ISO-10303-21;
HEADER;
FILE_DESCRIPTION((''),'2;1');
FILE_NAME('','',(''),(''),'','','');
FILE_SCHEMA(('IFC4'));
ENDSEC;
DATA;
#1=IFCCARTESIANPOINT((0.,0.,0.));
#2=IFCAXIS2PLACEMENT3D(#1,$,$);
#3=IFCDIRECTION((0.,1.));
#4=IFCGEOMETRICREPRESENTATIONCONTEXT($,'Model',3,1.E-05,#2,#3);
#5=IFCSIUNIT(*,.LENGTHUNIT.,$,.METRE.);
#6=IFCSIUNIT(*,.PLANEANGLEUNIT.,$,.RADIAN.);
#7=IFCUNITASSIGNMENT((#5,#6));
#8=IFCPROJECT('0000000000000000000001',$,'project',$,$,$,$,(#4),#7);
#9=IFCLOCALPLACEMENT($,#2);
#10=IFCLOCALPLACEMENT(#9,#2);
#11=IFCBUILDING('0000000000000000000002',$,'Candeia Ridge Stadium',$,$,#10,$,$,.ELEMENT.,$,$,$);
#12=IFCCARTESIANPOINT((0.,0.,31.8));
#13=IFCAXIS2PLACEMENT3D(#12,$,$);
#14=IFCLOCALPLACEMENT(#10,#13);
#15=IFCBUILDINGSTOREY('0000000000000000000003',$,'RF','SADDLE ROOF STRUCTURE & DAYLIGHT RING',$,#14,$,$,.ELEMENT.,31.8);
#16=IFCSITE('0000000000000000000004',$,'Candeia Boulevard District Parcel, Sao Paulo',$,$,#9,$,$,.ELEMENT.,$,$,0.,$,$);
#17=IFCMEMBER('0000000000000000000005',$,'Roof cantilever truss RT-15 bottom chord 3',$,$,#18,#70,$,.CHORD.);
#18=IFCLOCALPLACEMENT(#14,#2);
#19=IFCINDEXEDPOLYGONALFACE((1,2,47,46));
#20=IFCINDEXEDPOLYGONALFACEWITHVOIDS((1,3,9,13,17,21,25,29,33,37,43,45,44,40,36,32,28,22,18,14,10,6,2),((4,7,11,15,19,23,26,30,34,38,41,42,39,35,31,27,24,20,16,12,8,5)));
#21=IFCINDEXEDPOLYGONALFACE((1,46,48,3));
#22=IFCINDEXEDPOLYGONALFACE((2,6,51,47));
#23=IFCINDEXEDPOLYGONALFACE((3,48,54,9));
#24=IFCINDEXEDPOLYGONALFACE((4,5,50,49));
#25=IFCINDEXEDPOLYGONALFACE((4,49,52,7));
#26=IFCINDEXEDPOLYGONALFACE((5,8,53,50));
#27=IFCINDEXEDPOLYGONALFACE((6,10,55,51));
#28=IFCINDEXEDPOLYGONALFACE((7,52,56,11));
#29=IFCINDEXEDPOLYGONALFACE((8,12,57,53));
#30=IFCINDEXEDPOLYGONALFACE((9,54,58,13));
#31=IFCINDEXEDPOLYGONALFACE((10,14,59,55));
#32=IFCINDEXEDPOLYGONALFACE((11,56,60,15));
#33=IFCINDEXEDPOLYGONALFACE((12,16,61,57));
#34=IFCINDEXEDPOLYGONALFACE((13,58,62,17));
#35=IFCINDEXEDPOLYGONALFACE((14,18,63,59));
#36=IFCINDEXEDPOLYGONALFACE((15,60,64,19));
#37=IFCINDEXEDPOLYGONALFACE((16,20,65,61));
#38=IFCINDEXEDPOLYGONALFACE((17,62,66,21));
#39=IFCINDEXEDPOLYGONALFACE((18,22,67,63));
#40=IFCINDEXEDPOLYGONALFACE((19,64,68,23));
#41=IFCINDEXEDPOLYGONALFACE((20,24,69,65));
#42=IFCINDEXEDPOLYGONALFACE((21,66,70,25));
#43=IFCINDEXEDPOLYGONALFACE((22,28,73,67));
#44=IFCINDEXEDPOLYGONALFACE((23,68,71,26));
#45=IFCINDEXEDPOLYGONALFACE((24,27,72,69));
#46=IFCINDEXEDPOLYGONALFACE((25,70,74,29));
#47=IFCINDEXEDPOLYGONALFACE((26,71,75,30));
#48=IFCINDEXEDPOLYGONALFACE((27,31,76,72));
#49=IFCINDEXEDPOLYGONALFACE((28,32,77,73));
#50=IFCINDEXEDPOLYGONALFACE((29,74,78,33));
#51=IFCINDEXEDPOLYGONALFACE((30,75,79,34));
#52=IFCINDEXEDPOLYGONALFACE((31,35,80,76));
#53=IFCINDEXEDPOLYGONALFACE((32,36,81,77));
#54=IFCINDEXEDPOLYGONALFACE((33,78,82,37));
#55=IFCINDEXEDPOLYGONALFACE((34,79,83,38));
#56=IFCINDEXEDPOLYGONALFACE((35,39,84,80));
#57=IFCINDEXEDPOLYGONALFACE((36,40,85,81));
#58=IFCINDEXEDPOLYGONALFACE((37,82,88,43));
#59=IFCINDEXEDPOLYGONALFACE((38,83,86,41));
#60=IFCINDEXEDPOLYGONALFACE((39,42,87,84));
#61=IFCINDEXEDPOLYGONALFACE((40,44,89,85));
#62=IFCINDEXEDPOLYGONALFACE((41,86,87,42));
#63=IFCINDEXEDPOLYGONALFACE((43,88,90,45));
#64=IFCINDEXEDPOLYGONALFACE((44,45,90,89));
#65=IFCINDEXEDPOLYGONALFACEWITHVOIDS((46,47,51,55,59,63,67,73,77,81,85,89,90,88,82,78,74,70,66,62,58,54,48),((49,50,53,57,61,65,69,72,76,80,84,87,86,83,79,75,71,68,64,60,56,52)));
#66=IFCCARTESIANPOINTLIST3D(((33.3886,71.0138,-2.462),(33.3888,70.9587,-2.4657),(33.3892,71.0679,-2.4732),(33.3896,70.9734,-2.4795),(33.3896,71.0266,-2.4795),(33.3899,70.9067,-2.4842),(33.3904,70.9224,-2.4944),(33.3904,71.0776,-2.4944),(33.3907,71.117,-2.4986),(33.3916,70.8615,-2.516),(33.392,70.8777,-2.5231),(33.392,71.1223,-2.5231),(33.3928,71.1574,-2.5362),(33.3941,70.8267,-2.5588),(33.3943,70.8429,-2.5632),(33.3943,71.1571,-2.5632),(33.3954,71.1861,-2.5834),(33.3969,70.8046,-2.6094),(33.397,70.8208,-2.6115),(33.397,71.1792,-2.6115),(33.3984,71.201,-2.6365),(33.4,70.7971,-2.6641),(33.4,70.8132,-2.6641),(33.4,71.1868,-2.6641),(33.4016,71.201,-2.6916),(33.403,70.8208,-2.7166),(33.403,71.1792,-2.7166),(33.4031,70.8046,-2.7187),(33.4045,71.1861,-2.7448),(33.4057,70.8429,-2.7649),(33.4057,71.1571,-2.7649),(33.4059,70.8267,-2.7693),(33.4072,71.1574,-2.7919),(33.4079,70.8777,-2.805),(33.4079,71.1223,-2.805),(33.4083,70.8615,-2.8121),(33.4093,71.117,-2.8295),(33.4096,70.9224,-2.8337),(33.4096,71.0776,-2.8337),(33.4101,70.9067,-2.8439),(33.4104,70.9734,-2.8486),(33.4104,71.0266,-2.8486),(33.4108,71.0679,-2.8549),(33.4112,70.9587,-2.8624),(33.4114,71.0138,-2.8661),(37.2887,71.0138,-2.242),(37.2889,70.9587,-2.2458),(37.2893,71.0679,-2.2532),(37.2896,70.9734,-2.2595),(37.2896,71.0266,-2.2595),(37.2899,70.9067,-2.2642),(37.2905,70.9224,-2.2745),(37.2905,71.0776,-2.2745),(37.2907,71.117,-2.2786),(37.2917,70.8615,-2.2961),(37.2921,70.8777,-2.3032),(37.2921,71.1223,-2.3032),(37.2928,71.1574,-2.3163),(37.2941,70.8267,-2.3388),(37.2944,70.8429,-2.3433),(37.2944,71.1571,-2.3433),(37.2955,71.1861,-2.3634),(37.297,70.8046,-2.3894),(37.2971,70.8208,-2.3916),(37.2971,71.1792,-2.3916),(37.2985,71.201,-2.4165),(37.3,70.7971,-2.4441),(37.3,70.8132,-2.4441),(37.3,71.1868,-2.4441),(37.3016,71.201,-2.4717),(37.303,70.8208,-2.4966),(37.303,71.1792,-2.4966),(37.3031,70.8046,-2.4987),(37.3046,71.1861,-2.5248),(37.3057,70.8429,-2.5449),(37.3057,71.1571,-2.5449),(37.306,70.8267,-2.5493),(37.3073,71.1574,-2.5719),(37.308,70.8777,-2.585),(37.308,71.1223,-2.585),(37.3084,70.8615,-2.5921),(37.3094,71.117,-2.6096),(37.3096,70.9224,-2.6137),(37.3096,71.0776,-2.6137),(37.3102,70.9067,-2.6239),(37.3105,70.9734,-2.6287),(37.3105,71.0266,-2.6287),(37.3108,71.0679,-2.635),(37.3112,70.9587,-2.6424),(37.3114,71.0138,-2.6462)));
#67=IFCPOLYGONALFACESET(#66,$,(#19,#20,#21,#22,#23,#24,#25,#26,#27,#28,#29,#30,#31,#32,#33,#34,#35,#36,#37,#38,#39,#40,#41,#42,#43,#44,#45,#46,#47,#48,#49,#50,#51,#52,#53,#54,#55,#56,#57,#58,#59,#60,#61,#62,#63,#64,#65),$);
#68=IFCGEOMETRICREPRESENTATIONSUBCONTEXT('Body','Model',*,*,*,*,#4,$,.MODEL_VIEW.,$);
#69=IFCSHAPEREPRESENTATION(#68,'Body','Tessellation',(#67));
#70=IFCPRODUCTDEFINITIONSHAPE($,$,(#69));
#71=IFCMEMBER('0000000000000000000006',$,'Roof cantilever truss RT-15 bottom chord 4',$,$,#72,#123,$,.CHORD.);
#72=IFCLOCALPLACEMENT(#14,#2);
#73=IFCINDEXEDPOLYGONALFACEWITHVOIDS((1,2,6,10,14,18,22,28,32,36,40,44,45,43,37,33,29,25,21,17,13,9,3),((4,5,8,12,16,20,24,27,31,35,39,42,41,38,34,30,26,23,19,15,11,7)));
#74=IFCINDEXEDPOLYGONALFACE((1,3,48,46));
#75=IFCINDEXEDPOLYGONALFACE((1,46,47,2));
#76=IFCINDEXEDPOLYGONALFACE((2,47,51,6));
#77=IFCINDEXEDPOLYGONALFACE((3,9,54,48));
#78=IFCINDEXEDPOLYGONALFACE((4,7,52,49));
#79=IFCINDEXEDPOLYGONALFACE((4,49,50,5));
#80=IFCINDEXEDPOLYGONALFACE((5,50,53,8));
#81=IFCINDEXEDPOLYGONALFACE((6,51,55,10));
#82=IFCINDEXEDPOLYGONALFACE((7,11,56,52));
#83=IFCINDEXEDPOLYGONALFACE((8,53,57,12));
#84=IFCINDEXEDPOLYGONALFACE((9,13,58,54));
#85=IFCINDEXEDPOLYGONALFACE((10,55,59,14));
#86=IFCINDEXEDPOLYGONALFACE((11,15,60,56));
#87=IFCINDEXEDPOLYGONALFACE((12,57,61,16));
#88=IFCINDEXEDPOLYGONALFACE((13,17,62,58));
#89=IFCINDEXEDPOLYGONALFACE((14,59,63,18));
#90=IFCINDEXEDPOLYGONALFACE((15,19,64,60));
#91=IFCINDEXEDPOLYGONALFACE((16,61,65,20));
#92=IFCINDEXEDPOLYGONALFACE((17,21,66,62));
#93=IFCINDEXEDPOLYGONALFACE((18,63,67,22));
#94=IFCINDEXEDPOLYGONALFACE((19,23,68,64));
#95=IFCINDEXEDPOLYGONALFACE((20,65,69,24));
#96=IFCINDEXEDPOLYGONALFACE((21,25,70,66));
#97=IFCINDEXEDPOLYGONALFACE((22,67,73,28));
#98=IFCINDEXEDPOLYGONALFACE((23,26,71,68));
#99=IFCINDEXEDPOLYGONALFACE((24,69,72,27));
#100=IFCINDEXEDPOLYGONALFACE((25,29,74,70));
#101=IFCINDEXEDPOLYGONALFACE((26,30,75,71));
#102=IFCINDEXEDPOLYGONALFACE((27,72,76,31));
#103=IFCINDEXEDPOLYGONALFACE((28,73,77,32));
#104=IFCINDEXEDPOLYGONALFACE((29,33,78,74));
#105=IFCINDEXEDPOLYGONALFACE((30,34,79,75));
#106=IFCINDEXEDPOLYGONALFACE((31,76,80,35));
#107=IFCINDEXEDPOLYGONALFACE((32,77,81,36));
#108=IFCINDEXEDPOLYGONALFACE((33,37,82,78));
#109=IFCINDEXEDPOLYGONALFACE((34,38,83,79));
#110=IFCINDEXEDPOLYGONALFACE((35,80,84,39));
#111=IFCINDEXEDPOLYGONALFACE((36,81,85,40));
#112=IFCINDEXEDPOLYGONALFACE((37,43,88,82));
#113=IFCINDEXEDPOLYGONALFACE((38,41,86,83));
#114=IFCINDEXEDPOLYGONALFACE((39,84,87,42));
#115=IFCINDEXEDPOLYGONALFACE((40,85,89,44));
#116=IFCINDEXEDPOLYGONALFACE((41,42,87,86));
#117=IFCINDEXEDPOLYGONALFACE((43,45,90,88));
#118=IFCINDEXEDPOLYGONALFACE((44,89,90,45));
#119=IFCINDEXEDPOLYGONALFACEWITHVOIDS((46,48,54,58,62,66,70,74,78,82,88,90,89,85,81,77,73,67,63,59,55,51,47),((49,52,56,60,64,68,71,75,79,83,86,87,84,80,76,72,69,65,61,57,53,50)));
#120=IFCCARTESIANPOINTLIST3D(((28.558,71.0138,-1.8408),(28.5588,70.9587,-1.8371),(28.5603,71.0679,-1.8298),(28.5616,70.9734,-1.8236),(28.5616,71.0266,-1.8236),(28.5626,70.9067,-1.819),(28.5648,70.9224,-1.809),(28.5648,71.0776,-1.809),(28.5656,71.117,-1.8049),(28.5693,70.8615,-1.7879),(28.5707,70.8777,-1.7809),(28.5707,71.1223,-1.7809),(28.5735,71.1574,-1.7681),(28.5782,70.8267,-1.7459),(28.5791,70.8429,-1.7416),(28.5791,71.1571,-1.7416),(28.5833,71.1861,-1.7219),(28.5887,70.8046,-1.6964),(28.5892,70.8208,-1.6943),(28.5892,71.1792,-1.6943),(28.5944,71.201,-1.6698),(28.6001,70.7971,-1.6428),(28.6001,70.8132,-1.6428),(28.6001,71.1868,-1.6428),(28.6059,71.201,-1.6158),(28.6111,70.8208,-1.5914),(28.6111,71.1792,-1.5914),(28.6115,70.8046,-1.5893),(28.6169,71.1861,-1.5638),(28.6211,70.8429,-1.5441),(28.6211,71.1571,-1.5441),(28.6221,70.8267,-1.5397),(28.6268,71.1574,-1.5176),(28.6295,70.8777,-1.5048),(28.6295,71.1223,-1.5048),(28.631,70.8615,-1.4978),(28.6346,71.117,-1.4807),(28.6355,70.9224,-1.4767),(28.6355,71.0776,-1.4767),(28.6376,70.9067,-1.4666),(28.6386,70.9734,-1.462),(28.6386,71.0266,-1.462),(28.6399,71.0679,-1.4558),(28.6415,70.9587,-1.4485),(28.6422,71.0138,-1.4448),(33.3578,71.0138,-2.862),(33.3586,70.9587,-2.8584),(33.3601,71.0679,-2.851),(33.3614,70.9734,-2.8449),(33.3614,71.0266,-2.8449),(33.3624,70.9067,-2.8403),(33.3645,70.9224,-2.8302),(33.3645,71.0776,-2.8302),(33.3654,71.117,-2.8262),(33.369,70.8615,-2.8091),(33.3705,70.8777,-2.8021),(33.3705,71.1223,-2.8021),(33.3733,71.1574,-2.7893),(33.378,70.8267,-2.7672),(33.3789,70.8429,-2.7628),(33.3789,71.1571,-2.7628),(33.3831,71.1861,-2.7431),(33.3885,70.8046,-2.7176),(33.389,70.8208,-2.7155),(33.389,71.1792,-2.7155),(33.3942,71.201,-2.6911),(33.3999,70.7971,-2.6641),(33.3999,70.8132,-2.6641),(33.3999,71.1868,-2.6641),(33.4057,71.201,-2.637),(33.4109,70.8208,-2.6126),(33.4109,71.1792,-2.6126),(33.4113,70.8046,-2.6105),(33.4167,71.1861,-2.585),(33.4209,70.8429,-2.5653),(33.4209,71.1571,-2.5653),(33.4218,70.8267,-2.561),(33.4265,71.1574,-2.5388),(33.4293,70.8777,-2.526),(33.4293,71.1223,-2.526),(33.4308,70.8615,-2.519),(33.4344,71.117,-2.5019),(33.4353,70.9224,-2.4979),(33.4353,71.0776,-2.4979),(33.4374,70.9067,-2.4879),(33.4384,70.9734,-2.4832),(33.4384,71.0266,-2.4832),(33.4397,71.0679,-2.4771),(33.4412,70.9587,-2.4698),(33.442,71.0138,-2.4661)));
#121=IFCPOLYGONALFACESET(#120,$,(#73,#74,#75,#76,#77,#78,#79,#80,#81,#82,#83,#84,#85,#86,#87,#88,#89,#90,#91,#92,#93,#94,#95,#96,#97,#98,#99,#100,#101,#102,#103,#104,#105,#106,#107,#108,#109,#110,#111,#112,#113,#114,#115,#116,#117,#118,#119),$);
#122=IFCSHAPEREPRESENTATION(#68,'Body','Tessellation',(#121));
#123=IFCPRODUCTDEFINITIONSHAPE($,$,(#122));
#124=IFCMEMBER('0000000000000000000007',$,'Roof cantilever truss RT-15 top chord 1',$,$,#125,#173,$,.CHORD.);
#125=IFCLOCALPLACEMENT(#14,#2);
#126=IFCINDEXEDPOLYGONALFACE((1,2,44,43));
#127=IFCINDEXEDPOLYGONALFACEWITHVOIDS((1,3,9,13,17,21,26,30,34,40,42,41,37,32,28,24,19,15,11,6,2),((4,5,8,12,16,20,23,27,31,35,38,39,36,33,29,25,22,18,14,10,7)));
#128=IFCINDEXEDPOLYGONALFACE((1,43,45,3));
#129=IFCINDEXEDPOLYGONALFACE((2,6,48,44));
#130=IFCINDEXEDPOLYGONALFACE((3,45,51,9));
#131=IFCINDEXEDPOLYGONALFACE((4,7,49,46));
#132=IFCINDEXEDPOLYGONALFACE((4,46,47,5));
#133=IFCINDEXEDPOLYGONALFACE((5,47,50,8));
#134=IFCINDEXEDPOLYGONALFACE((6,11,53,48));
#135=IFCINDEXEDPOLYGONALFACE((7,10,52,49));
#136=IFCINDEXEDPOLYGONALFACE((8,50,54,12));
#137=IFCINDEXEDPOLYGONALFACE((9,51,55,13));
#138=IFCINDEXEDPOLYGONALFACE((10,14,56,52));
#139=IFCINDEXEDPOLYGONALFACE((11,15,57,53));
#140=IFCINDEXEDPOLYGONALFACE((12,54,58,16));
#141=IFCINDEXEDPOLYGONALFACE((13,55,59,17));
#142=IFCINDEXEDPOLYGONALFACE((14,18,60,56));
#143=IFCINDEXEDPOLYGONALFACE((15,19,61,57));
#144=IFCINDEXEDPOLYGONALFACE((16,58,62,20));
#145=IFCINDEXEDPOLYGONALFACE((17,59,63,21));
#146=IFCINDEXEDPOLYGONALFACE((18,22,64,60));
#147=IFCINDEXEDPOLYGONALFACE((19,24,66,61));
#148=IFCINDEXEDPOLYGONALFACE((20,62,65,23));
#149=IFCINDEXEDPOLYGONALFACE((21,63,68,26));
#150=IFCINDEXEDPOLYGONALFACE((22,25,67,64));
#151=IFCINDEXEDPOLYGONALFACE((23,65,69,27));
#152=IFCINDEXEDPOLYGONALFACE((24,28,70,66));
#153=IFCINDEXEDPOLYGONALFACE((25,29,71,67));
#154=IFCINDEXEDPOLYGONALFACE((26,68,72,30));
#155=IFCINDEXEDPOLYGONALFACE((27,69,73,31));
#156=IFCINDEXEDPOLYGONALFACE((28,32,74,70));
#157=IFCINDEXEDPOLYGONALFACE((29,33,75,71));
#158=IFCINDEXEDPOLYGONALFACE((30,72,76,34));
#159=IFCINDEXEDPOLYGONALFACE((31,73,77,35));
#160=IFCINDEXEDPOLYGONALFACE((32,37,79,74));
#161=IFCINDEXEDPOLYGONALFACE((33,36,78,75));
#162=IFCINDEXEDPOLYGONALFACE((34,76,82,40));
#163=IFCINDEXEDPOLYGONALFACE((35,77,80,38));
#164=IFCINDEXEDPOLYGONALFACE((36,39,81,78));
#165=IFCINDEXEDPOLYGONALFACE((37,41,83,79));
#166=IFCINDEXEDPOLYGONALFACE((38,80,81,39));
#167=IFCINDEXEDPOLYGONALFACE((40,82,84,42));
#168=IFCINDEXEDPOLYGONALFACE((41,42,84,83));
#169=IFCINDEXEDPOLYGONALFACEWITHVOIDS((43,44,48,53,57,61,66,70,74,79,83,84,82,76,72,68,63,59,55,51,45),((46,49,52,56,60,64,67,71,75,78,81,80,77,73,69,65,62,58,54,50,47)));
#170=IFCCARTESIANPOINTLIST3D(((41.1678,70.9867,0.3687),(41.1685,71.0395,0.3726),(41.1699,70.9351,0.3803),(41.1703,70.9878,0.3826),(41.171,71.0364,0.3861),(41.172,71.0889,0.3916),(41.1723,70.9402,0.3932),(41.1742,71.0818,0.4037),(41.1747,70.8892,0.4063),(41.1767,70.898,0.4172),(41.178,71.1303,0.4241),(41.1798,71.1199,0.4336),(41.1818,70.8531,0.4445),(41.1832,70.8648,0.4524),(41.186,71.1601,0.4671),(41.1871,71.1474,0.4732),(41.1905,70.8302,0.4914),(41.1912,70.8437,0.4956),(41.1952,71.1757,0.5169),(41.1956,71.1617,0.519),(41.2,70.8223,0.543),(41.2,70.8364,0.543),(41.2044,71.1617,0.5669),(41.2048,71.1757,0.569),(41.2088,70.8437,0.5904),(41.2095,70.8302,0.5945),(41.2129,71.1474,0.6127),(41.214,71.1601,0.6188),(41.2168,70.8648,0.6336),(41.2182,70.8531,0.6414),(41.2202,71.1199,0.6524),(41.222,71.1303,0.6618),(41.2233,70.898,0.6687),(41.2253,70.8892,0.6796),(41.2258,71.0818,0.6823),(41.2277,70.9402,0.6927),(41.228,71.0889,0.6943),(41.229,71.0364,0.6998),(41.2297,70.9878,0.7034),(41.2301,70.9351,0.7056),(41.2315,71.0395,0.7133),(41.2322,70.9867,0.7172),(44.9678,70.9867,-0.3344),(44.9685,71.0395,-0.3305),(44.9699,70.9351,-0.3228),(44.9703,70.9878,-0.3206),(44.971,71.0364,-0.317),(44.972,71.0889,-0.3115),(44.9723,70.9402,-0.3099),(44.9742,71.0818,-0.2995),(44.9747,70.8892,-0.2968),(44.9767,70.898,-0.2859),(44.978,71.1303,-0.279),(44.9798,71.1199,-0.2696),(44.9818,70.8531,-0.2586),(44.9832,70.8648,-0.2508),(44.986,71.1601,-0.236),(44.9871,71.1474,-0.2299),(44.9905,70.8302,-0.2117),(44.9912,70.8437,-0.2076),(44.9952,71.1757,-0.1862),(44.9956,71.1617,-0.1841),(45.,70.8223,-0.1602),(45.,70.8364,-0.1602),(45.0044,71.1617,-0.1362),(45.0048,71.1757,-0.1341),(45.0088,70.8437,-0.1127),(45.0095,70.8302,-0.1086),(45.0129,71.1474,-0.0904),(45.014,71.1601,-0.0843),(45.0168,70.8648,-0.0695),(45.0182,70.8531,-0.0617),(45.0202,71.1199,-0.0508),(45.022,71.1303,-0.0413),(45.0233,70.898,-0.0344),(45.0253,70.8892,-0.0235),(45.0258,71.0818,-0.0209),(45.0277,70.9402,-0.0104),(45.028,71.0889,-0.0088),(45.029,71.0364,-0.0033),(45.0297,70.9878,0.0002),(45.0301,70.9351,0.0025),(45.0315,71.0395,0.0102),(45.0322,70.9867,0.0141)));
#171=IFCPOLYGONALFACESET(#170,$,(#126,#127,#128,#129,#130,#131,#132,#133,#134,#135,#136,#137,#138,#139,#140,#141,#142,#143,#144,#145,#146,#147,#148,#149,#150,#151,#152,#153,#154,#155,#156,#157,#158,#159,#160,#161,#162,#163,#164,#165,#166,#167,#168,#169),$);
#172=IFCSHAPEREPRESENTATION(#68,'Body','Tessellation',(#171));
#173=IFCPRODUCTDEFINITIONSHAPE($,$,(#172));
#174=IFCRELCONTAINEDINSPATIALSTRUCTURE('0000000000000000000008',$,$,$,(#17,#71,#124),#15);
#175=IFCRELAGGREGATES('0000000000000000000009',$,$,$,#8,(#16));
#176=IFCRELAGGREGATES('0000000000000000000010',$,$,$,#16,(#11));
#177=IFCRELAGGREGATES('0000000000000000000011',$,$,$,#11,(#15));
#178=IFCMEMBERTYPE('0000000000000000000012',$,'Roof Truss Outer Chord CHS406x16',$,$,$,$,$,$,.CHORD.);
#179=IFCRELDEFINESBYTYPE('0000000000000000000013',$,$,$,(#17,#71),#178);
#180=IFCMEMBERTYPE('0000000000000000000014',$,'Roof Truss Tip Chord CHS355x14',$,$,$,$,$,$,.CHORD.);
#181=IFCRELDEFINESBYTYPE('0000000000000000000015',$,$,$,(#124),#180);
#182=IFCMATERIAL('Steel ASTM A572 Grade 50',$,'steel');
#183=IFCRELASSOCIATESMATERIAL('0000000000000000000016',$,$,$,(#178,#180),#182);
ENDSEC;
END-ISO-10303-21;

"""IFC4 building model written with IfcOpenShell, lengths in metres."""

from ifc_helpers import new_model, si_unit, direction, frame, origin, origin_2d, place, context, subcontext, project, spatial, hollow_circle, extrude, material, material_profile, profile_set, type_object, element, save


model = new_model("IFC4")

# Units and contexts
model_context = context("Model", 3, precision=1e-05, world=origin(), true_north=direction((0.0, 1.0)))
body_context = subcontext(model_context, "Body", "Model", "MODEL_VIEW")
ifc_project = project(units=[si_unit("LENGTHUNIT", "METRE"), si_unit("PLANEANGLEUNIT", "RADIAN")], contexts=[model_context])

# Site, building, storey
site_placement = place(None, origin())
site = spatial("IfcSite", under=ifc_project, at=site_placement, Name="Candeia Boulevard District Parcel, Sao Paulo", CompositionType="ELEMENT", RefElevation=0.0)
building_placement = place(site_placement, origin())
building = spatial("IfcBuilding", under=site, at=building_placement, Name="Candeia Ridge Stadium", CompositionType="ELEMENT")
storey_placement = place(building_placement, frame((0.0, 0.0, 31.8)))
storey = spatial("IfcBuildingStorey", under=building, at=storey_placement, Name="RF", Description="SADDLE ROOF STRUCTURE & DAYLIGHT RING", CompositionType="ELEMENT", Elevation=31.8)

# Shared definitions
ifc_material_1 = material(Name="Steel ASTM A572 Grade 50", Category="steel")

# Members
ifc_material_profile_1 = material_profile(ifc_material_1, hollow_circle(Radius=0.2029, WallThickness=0.0161, at=origin_2d()), Name="CHS406x16", Category="steel")
ifc_profile_set_1 = profile_set([ifc_material_profile_1], Name="Steel ASTM A572 Grade 50")
member_type_1 = type_object("IfcMemberType", Name="Roof Truss Outer Chord CHS406x16", PredefinedType="CHORD", material=ifc_profile_set_1)
member_1_placement = place(storey_placement, frame((37.3, 71.0, -2.4441), z_axis=(-0.998413, 0.0, -0.056311), x_axis=(0.0, -1.0, 0.0)))
element("IfcMember", 1, at=member_1_placement, inside=storey, type_object=member_type_1, Name="Roof cantilever truss RT-15 bottom chord 3", PredefinedType="CHORD", context=body_context, shape_type="SweptSolid", body=[
    extrude(hollow_circle(Radius=0.2029, WallThickness=0.0161, at=origin_2d()), origin(), (0.0, 0.0, 1.0), 3.9062),
])
member_2_placement = place(storey_placement, frame((33.3999, 71.0, -2.6641), z_axis=(-0.978106, 0.0, 0.208109), x_axis=(0.0, -1.0, 0.0)))
element("IfcMember", 2, at=member_2_placement, inside=storey, type_object=member_type_1, Name="Roof cantilever truss RT-15 bottom chord 4", PredefinedType="CHORD", context=body_context, shape_type="SweptSolid", body=[
    extrude(hollow_circle(Radius=0.2029, WallThickness=0.0161, at=origin_2d()), origin(), (0.0, 0.0, 1.0), 4.9072),
])
ifc_material_profile_2 = material_profile(ifc_material_1, hollow_circle(Radius=0.1777, WallThickness=0.0142, at=origin_2d()), Name="CHS355x14", Category="steel")
ifc_profile_set_2 = profile_set([ifc_material_profile_2], Name="Steel ASTM A572 Grade 50")
member_type_2 = type_object("IfcMemberType", Name="Roof Truss Tip Chord CHS355x14", PredefinedType="CHORD", material=ifc_profile_set_2)
member_3_placement = place(storey_placement, frame((45.0, 71.0, -0.1602), z_axis=(-0.983309, 0.0, 0.181942), x_axis=(0.0, -1.0, 0.0)))
element("IfcMember", 3, at=member_3_placement, inside=storey, type_object=member_type_2, Name="Roof cantilever truss RT-15 top chord 1", PredefinedType="CHORD", context=body_context, shape_type="SweptSolid", body=[
    extrude(hollow_circle(Radius=0.1777, WallThickness=0.0142, at=origin_2d()), origin(), (0.0, 0.0, 1.0), 3.8645),
])

save(model, "model.ifc")
